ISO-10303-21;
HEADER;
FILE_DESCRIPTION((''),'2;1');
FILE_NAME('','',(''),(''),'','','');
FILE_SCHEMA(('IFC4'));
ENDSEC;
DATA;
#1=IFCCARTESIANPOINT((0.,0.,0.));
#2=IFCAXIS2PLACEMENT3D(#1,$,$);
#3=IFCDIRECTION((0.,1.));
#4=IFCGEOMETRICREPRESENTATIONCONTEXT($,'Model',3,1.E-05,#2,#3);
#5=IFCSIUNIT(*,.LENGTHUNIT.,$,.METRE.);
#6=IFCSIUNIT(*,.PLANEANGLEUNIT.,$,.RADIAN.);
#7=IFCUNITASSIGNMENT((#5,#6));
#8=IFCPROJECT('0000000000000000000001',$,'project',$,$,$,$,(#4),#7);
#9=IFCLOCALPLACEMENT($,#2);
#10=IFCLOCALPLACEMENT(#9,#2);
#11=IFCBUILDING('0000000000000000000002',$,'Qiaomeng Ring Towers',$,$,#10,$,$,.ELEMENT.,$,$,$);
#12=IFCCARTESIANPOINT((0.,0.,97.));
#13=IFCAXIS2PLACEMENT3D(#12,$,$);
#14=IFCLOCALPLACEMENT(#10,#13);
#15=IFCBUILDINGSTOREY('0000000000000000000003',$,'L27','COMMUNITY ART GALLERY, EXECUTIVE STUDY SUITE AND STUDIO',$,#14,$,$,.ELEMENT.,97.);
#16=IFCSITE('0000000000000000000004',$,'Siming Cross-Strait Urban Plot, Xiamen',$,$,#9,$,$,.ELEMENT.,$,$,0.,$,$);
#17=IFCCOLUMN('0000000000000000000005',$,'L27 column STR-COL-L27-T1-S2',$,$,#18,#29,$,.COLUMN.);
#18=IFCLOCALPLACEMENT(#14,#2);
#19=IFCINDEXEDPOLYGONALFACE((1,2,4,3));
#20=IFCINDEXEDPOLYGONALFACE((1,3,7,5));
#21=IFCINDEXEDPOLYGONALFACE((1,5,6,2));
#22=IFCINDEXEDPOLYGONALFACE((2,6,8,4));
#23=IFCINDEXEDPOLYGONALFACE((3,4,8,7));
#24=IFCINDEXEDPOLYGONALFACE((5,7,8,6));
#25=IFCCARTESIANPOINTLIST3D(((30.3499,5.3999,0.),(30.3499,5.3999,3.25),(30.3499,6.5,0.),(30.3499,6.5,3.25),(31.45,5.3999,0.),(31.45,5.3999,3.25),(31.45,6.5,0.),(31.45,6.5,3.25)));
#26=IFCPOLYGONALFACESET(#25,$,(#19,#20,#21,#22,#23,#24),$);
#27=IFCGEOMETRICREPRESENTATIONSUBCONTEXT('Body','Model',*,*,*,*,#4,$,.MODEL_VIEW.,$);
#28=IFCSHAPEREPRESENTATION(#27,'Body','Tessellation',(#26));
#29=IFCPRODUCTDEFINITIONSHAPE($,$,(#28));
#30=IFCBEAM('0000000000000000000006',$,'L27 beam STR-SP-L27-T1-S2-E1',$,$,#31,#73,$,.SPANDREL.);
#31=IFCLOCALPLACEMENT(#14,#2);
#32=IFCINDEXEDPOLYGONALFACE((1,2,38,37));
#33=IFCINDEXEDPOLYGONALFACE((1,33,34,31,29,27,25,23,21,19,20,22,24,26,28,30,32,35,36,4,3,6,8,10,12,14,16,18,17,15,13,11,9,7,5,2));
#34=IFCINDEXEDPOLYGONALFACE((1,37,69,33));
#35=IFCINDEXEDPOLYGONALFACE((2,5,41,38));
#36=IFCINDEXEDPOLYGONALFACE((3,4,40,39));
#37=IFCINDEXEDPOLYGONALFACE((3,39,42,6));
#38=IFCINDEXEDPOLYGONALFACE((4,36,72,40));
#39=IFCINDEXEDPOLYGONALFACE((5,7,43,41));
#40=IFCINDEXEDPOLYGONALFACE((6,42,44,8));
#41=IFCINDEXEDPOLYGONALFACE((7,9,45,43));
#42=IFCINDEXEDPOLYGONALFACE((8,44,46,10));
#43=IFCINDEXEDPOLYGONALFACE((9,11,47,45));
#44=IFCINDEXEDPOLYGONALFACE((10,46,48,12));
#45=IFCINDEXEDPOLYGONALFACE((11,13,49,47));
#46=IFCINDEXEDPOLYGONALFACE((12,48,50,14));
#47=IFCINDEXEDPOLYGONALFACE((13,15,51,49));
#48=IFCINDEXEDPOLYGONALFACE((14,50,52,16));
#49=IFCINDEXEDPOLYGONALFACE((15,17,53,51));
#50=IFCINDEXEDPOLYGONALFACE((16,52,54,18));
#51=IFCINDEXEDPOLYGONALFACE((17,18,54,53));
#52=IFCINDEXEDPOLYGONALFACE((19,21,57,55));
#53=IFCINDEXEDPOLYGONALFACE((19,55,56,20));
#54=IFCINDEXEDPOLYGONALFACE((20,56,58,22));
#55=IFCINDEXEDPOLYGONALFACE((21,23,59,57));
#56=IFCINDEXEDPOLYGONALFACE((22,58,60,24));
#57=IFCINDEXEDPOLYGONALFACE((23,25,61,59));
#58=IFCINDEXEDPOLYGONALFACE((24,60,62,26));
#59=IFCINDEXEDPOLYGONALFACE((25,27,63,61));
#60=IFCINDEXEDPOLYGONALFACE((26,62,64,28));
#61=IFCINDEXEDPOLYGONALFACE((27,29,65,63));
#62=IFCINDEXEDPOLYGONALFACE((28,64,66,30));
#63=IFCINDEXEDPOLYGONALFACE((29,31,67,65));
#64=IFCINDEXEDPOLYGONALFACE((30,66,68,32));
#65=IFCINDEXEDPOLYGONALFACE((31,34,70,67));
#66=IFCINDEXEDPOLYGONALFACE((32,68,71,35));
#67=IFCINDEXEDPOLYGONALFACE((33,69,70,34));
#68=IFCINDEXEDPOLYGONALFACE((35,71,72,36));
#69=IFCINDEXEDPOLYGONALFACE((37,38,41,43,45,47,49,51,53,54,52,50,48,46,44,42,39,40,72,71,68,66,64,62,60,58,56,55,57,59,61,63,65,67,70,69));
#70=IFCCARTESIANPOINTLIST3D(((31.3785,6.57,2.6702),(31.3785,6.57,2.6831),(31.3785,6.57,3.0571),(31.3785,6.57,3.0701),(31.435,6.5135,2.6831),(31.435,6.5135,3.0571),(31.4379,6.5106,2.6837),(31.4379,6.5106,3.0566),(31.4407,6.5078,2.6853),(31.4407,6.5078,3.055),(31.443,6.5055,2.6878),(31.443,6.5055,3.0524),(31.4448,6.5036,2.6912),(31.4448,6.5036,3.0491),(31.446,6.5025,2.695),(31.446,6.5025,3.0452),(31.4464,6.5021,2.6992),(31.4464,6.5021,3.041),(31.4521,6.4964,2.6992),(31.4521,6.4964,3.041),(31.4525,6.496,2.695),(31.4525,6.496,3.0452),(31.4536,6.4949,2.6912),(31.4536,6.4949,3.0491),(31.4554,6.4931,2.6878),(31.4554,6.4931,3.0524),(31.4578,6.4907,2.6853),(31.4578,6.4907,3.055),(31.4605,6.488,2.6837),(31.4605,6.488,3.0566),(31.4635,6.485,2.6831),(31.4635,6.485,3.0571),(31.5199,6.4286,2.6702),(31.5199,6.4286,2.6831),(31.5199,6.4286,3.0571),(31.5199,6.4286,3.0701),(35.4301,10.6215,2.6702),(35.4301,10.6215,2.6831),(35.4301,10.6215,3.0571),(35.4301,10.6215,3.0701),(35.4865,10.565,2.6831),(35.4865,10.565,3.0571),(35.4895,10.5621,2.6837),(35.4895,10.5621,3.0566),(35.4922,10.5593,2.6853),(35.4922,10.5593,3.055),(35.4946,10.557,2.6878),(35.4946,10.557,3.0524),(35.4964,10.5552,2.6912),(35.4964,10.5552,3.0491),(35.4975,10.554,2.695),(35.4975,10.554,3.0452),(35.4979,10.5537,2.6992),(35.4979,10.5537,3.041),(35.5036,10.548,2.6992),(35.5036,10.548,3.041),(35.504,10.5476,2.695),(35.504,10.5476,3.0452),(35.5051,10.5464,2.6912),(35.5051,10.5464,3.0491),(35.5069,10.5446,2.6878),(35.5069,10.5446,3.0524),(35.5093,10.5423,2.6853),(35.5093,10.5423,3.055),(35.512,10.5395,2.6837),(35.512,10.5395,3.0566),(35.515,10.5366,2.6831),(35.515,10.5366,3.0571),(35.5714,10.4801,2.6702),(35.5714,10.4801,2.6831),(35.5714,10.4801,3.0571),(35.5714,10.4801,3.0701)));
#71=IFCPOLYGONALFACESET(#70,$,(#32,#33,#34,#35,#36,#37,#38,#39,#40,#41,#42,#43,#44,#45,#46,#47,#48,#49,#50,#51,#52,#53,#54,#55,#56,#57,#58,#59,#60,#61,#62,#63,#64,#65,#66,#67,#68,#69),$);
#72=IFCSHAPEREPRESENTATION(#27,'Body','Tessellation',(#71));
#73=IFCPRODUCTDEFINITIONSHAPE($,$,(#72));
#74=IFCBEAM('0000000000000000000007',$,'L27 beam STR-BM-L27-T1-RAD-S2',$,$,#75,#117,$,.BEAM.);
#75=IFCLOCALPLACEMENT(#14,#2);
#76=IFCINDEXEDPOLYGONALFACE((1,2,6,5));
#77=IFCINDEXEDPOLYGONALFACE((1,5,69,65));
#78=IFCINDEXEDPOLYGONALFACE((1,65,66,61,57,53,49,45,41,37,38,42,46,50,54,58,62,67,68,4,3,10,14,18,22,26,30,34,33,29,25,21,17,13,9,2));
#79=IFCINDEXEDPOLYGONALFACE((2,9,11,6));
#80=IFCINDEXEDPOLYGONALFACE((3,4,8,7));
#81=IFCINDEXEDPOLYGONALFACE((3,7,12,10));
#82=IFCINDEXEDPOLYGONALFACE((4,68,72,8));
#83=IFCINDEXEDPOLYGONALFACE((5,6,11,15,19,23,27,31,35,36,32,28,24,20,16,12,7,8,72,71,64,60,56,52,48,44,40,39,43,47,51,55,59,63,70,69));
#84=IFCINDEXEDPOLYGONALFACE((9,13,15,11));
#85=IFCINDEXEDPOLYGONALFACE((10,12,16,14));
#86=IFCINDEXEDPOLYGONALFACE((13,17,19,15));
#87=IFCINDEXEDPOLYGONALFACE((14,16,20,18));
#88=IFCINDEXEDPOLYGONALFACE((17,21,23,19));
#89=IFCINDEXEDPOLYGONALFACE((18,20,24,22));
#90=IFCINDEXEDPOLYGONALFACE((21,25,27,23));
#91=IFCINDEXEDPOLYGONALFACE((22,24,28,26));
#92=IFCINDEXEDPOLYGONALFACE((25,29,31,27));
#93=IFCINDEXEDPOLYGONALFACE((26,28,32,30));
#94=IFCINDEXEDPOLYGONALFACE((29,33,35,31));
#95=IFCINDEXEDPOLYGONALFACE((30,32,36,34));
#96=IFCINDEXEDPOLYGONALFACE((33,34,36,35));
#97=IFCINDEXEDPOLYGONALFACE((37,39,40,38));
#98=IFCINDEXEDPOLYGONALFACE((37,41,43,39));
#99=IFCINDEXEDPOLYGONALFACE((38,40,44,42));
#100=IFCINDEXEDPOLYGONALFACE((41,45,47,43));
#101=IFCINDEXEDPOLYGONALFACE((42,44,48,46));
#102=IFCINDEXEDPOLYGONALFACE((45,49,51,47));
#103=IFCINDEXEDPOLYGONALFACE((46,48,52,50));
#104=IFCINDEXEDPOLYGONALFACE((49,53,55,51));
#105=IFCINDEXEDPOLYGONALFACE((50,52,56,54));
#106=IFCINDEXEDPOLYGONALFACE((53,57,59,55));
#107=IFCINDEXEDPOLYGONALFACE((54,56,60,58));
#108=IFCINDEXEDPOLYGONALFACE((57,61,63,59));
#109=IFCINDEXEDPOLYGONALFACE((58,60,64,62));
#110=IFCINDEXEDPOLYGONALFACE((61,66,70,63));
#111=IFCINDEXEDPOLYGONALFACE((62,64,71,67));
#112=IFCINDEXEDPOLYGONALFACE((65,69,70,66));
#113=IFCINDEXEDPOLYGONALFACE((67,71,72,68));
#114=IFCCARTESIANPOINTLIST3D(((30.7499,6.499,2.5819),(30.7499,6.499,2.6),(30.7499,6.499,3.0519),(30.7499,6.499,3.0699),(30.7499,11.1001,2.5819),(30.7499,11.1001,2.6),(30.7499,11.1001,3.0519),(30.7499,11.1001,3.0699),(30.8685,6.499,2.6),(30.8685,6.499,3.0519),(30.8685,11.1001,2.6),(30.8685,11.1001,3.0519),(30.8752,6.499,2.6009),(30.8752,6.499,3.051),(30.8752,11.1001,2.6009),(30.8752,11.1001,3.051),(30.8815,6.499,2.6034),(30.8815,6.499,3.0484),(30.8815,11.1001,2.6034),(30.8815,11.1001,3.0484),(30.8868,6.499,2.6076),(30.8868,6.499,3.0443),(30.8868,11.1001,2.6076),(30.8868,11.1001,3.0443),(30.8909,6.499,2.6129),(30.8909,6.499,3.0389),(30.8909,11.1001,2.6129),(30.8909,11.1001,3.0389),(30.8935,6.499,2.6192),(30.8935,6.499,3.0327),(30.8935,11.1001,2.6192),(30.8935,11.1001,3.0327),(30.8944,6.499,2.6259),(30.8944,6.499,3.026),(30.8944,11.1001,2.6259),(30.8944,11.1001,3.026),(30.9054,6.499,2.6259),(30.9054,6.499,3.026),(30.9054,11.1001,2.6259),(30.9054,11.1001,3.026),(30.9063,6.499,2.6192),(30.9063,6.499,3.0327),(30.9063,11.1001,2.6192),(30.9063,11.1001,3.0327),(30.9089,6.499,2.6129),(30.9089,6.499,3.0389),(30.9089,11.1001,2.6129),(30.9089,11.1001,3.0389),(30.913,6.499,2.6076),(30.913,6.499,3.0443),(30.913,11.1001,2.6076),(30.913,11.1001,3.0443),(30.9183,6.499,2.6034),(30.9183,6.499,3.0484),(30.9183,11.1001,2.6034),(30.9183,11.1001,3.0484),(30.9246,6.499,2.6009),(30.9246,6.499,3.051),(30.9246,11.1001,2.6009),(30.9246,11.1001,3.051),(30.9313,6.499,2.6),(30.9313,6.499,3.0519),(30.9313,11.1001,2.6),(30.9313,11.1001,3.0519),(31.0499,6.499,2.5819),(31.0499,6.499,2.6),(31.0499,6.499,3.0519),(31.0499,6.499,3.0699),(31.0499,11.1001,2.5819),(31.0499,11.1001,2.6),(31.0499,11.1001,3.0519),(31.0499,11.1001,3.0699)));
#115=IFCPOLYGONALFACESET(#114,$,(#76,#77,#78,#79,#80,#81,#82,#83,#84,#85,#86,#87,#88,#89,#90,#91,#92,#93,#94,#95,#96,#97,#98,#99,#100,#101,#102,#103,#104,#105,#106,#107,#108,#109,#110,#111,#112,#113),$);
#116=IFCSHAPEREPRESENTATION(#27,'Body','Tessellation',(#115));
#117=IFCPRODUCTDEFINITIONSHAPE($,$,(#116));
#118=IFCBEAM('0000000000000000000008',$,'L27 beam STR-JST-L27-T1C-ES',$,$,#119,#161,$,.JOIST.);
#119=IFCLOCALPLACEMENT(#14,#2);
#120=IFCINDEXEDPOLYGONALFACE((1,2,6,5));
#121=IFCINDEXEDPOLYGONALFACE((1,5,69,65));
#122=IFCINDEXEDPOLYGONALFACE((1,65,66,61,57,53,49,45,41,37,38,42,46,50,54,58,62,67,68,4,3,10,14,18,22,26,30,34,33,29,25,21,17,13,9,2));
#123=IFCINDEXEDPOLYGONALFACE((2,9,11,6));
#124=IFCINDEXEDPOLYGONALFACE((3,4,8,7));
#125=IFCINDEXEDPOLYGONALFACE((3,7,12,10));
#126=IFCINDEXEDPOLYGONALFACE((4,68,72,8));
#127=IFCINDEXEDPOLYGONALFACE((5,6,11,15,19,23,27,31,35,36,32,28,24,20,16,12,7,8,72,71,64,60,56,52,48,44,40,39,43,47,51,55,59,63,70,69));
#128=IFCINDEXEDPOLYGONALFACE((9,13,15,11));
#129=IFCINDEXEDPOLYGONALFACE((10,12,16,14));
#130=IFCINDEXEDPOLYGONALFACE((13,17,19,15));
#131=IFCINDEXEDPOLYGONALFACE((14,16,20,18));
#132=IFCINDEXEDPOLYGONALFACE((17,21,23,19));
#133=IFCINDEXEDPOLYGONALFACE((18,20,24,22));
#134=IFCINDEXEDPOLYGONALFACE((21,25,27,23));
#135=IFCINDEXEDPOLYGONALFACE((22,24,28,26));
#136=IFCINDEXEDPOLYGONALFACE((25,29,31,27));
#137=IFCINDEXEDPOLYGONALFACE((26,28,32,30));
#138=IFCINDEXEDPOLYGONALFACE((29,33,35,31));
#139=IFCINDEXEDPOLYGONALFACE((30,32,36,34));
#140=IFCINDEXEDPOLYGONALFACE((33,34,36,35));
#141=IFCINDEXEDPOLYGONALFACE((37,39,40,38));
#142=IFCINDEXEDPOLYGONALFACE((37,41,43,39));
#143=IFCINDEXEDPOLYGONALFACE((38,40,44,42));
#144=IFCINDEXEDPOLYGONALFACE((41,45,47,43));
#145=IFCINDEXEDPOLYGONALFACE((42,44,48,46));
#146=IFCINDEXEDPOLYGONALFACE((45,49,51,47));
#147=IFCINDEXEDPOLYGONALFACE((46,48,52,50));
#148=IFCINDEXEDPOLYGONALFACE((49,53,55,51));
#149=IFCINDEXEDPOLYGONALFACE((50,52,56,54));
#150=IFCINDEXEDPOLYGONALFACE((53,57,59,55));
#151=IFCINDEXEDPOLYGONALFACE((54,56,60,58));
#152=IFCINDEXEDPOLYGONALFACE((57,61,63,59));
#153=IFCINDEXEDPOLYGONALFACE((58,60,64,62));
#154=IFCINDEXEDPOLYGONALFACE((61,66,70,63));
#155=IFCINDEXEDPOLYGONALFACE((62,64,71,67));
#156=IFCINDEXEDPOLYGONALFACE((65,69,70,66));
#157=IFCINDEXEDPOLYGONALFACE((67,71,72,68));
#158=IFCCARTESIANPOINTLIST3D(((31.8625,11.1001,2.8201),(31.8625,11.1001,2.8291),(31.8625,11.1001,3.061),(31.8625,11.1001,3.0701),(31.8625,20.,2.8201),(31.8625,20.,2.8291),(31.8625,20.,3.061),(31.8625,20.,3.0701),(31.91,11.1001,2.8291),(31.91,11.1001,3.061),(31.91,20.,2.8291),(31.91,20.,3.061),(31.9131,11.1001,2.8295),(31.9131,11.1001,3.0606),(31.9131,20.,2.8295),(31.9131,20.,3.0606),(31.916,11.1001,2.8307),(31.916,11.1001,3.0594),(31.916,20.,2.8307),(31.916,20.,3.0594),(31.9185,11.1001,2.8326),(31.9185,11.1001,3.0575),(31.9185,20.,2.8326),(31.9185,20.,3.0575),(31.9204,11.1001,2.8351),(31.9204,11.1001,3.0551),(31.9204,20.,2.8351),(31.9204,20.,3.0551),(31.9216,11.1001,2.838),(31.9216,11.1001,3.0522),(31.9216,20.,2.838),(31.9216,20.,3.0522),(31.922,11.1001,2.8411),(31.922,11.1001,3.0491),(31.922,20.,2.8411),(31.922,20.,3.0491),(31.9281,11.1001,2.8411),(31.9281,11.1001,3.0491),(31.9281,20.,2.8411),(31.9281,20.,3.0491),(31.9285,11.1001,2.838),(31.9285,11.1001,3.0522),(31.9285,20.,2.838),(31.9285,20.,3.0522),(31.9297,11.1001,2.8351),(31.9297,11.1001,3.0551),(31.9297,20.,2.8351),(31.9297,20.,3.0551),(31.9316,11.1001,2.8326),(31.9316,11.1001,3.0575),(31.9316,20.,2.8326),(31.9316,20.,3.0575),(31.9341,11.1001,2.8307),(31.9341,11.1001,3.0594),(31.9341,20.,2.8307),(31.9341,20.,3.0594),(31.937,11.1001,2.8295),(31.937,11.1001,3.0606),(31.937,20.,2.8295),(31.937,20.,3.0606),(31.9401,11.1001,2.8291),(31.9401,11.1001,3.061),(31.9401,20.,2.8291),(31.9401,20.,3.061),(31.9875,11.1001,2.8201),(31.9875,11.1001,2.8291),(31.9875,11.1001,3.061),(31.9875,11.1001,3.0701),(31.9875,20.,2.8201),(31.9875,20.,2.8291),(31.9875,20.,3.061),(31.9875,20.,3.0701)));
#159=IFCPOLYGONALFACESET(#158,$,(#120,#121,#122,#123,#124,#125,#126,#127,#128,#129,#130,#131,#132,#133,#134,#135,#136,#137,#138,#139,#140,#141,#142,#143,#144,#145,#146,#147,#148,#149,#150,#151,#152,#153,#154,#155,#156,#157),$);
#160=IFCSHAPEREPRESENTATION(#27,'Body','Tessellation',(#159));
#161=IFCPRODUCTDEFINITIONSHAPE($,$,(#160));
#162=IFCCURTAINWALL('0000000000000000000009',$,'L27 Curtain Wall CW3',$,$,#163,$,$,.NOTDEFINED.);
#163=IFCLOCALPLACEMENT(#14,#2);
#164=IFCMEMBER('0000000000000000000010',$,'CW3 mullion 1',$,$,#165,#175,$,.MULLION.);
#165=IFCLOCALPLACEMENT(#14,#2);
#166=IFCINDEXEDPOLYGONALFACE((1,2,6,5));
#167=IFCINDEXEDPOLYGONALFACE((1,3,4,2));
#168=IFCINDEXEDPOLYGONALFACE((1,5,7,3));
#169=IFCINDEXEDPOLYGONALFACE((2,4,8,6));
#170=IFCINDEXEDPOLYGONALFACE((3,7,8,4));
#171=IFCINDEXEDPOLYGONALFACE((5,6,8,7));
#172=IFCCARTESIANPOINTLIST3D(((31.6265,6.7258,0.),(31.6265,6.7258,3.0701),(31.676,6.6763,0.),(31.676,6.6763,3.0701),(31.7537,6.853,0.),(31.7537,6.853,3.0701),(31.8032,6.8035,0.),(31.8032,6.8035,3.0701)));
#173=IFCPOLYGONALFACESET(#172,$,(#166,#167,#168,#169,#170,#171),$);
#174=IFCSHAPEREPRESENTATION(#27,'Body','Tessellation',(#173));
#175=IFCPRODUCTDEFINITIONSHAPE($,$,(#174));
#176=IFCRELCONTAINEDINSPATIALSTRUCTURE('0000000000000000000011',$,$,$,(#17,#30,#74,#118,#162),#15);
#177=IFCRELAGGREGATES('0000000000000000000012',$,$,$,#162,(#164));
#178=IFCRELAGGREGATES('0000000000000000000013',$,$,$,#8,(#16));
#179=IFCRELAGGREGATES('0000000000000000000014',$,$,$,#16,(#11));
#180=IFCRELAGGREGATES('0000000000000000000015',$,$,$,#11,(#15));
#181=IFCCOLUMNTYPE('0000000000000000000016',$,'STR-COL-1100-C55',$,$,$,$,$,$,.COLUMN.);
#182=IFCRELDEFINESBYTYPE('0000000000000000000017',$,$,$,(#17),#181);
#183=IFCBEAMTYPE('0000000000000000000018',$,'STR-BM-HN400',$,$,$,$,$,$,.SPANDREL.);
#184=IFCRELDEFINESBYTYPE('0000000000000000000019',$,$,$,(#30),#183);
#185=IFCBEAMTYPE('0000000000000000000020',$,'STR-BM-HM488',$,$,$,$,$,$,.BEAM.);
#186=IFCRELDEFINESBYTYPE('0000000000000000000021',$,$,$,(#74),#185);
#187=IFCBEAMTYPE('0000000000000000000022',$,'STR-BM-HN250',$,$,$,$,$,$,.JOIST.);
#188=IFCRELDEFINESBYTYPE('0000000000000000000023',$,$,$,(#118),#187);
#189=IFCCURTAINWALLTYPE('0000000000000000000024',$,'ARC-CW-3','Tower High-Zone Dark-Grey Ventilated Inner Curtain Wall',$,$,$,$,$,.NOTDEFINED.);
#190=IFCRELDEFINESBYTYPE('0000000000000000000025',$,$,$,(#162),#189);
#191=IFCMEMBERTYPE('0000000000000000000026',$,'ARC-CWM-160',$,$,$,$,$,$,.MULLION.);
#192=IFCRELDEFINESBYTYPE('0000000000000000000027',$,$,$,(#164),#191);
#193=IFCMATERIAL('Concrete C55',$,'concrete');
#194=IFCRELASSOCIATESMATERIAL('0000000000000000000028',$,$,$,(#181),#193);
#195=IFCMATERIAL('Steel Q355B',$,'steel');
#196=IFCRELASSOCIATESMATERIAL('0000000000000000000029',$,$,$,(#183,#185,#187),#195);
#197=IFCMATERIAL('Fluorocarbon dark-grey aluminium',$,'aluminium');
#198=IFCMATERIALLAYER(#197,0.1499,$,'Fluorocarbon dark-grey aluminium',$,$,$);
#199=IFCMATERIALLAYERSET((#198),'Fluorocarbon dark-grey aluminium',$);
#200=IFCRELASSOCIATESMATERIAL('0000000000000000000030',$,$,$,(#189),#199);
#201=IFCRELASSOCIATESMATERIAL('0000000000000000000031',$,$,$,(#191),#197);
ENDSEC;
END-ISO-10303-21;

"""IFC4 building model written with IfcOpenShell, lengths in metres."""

from ifc_helpers import new_model, si_unit, direction, frame, origin, origin_2d, place, context, subcontext, project, spatial, rectangle, i_section, extrude, source, transform, mapped, material, layer, layer_set, material_profile, profile_set, type_object, element, aggregate, save


model = new_model("IFC4")

# Units and contexts
model_context = context("Model", 3, precision=1e-05, world=origin(), true_north=direction((0.0, 1.0)))
body_context = subcontext(model_context, "Body", "Model", "MODEL_VIEW")
ifc_project = project(units=[si_unit("LENGTHUNIT", "METRE"), si_unit("PLANEANGLEUNIT", "RADIAN")], contexts=[model_context])

# Site, building, storey
site_placement = place(None, origin())
site = spatial("IfcSite", under=ifc_project, at=site_placement, Name="Siming Cross-Strait Urban Plot, Xiamen", CompositionType="ELEMENT", RefElevation=0.0)
building_placement = place(site_placement, origin())
building = spatial("IfcBuilding", under=site, at=building_placement, Name="Qiaomeng Ring Towers", CompositionType="ELEMENT")
storey_placement = place(building_placement, frame((0.0, 0.0, 97.0)))
storey = spatial("IfcBuildingStorey", under=building, at=storey_placement, Name="L27", Description="COMMUNITY ART GALLERY, EXECUTIVE STUDY SUITE AND STUDIO", CompositionType="ELEMENT", Elevation=97.0)

# Column
ifc_material_1 = material(Name="Concrete C55", Category="concrete")
ifc_material_profile_1 = material_profile(ifc_material_1, rectangle(XDim=1.1001, YDim=1.1001, at=origin_2d()), Name="RC COL 1100x1100")
ifc_profile_set_1 = profile_set([ifc_material_profile_1], Name="Concrete C55")
column_type = type_object("IfcColumnType", Name="STR-COL-1100-C55", PredefinedType="COLUMN", material=ifc_profile_set_1)
shared_shape_1 = source(origin(), body_context, "Body", "SweptSolid", [
    extrude(rectangle(XDim=1.1001, YDim=1.1001, at=origin_2d()), origin(), (0.0, 0.0, 1.0), 3.25),
])
column_placement = place(storey_placement, frame((30.8999, 5.95, 0.0), z_axis=(0.0, 0.0, 1.0), x_axis=(1.0, 0.0, 0.0)))
element("IfcColumn", 1, at=column_placement, inside=storey, type_object=column_type, Name="L27 column STR-COL-L27-T1-S2", PredefinedType="COLUMN", context=body_context, shape_type="MappedRepresentation", body=[
    mapped(shared_shape_1, transform((0.0, 0.0, 0.0), x_axis=(1.0, 0.0, 0.0), y_axis=(0.0, 1.0, 0.0), z_axis=(0.0, 0.0, 1.0), scale=1.0)),
])

# Beams
ifc_material_2 = material(Name="Steel Q355B", Category="steel")
ifc_material_profile_2 = material_profile(ifc_material_2, i_section(OverallWidth=0.2, OverallDepth=0.3999, WebThickness=0.0081, FlangeThickness=0.0129, FilletRadius=0.0161, at=origin_2d()), Name="HN 400x200x8x13")
ifc_profile_set_2 = profile_set([ifc_material_profile_2], Name="Steel Q355B")
beam_type_1 = type_object("IfcBeamType", Name="STR-BM-HN400", PredefinedType="SPANDREL", material=ifc_profile_set_2)
shared_shape_2 = source(origin(), body_context, "Body", "SweptSolid", [
    extrude(i_section(OverallWidth=0.2, OverallDepth=0.3999, WebThickness=0.0081, FlangeThickness=0.0129, FilletRadius=0.0161, at=origin_2d()), origin(), (0.0, 0.0, 1.0), 5.7297),
])
beam_1_placement = place(storey_placement, frame((31.4492, 6.4993, 2.8701), z_axis=(0.707107, 0.707107, 0.0), x_axis=(-0.707107, 0.707107, 0.0)))
element("IfcBeam", 2, at=beam_1_placement, inside=storey, type_object=beam_type_1, Name="L27 beam STR-SP-L27-T1-S2-E1", PredefinedType="SPANDREL", context=body_context, shape_type="MappedRepresentation", body=[
    mapped(shared_shape_2, transform((0.0, 0.0, 0.0), x_axis=(1.0, 0.0, 0.0), y_axis=(0.0, 1.0, 0.0), z_axis=(0.0, 0.0, 1.0), scale=1.0)),
])
ifc_material_profile_3 = material_profile(ifc_material_2, i_section(OverallWidth=0.3, OverallDepth=0.488, WebThickness=0.011, FlangeThickness=0.0181, FilletRadius=0.0259, at=origin_2d()), Name="HM 488x300x11x18")
ifc_profile_set_3 = profile_set([ifc_material_profile_3], Name="Steel Q355B")
beam_type_2 = type_object("IfcBeamType", Name="STR-BM-HM488", PredefinedType="BEAM", material=ifc_profile_set_3)
shared_shape_3 = source(origin(), body_context, "Body", "SweptSolid", [
    extrude(i_section(OverallWidth=0.3, OverallDepth=0.488, WebThickness=0.011, FlangeThickness=0.0181, FilletRadius=0.0259, at=origin_2d()), origin(), (0.0, 0.0, 1.0), 4.6011),
])
beam_2_placement = place(storey_placement, frame((30.8999, 6.499, 2.8259), z_axis=(0.0, 1.0, 0.0), x_axis=(-1.0, 0.0, 0.0)))
element("IfcBeam", 3, at=beam_2_placement, inside=storey, type_object=beam_type_2, Name="L27 beam STR-BM-L27-T1-RAD-S2", PredefinedType="BEAM", context=body_context, shape_type="MappedRepresentation", body=[
    mapped(shared_shape_3, transform((0.0, 0.0, 0.0), x_axis=(1.0, 0.0, 0.0), y_axis=(0.0, 1.0, 0.0), z_axis=(0.0, 0.0, 1.0), scale=1.0)),
])
ifc_material_profile_4 = material_profile(ifc_material_2, i_section(OverallWidth=0.125, OverallDepth=0.25, WebThickness=0.0061, FlangeThickness=0.009, FilletRadius=0.012, at=origin_2d()), Name="HN 250x125x6x9")
ifc_profile_set_4 = profile_set([ifc_material_profile_4], Name="Steel Q355B")
beam_type_3 = type_object("IfcBeamType", Name="STR-BM-HN250", PredefinedType="JOIST", material=ifc_profile_set_4)
shared_shape_4 = source(origin(), body_context, "Body", "SweptSolid", [
    extrude(i_section(OverallWidth=0.125, OverallDepth=0.25, WebThickness=0.0061, FlangeThickness=0.009, FilletRadius=0.012, at=origin_2d()), origin(), (0.0, 0.0, 1.0), 8.8999),
])
beam_3_placement = place(storey_placement, frame((31.925, 11.1001, 2.9451), z_axis=(0.0, 1.0, 0.0), x_axis=(-1.0, 0.0, 0.0)))
element("IfcBeam", 4, at=beam_3_placement, inside=storey, type_object=beam_type_3, Name="L27 beam STR-JST-L27-T1C-ES", PredefinedType="JOIST", context=body_context, shape_type="MappedRepresentation", body=[
    mapped(shared_shape_4, transform((0.0, 0.0, 0.0), x_axis=(1.0, 0.0, 0.0), y_axis=(0.0, 1.0, 0.0), z_axis=(0.0, 0.0, 1.0), scale=1.0)),
])

# Curtain wall, member
ifc_material_3 = material(Name="Fluorocarbon dark-grey aluminium", Category="aluminium")
ifc_layer_1 = layer(ifc_material_3, 0.1499, Name="Fluorocarbon dark-grey aluminium")
ifc_layer_set_1 = layer_set([ifc_layer_1], Name="Fluorocarbon dark-grey aluminium")
curtain_wall_type = type_object("IfcCurtainWallType", Name="ARC-CW-3", Description="Tower High-Zone Dark-Grey Ventilated Inner Curtain Wall", PredefinedType="NOTDEFINED", material=ifc_layer_set_1)
curtain_wall_placement = place(storey_placement, origin())
curtain_wall = element("IfcCurtainWall", 5, at=curtain_wall_placement, inside=storey, type_object=curtain_wall_type, Name="L27 Curtain Wall CW3", PredefinedType="NOTDEFINED")
ifc_material_profile_5 = material_profile(ifc_material_3, rectangle(XDim=0.0701, YDim=0.1799, at=origin_2d()), Name="ALU MULL 70x180")
ifc_profile_set_5 = profile_set([ifc_material_profile_5], Name="Fluorocarbon dark-grey aluminium")
member_type_1 = type_object("IfcMemberType", Name="ARC-CWM-160", PredefinedType="MULLION", material=ifc_profile_set_5)
shared_shape_5 = source(origin(), body_context, "Body", "SweptSolid", [
    extrude(rectangle(XDim=0.0701, YDim=0.1799, at=origin_2d()), origin(), (0.0, 0.0, 1.0), 3.0701),
])
member_1_placement = place(storey_placement, frame((31.7148, 6.7646, 0.0), z_axis=(0.0, 0.0, 1.0), x_axis=(-0.707107, 0.707107, 0.0)))
member_1 = element("IfcMember", 6, at=member_1_placement, type_object=member_type_1, Name="CW3 mullion 1", PredefinedType="MULLION", context=body_context, shape_type="MappedRepresentation", body=[
    mapped(shared_shape_5, transform((0.0, 0.0, 0.0), x_axis=(1.0, 0.0, 0.0), y_axis=(0.0, 1.0, 0.0), z_axis=(0.0, 0.0, 1.0), scale=1.0)),
])
aggregate(curtain_wall, [member_1])

save(model, "model.ifc")
